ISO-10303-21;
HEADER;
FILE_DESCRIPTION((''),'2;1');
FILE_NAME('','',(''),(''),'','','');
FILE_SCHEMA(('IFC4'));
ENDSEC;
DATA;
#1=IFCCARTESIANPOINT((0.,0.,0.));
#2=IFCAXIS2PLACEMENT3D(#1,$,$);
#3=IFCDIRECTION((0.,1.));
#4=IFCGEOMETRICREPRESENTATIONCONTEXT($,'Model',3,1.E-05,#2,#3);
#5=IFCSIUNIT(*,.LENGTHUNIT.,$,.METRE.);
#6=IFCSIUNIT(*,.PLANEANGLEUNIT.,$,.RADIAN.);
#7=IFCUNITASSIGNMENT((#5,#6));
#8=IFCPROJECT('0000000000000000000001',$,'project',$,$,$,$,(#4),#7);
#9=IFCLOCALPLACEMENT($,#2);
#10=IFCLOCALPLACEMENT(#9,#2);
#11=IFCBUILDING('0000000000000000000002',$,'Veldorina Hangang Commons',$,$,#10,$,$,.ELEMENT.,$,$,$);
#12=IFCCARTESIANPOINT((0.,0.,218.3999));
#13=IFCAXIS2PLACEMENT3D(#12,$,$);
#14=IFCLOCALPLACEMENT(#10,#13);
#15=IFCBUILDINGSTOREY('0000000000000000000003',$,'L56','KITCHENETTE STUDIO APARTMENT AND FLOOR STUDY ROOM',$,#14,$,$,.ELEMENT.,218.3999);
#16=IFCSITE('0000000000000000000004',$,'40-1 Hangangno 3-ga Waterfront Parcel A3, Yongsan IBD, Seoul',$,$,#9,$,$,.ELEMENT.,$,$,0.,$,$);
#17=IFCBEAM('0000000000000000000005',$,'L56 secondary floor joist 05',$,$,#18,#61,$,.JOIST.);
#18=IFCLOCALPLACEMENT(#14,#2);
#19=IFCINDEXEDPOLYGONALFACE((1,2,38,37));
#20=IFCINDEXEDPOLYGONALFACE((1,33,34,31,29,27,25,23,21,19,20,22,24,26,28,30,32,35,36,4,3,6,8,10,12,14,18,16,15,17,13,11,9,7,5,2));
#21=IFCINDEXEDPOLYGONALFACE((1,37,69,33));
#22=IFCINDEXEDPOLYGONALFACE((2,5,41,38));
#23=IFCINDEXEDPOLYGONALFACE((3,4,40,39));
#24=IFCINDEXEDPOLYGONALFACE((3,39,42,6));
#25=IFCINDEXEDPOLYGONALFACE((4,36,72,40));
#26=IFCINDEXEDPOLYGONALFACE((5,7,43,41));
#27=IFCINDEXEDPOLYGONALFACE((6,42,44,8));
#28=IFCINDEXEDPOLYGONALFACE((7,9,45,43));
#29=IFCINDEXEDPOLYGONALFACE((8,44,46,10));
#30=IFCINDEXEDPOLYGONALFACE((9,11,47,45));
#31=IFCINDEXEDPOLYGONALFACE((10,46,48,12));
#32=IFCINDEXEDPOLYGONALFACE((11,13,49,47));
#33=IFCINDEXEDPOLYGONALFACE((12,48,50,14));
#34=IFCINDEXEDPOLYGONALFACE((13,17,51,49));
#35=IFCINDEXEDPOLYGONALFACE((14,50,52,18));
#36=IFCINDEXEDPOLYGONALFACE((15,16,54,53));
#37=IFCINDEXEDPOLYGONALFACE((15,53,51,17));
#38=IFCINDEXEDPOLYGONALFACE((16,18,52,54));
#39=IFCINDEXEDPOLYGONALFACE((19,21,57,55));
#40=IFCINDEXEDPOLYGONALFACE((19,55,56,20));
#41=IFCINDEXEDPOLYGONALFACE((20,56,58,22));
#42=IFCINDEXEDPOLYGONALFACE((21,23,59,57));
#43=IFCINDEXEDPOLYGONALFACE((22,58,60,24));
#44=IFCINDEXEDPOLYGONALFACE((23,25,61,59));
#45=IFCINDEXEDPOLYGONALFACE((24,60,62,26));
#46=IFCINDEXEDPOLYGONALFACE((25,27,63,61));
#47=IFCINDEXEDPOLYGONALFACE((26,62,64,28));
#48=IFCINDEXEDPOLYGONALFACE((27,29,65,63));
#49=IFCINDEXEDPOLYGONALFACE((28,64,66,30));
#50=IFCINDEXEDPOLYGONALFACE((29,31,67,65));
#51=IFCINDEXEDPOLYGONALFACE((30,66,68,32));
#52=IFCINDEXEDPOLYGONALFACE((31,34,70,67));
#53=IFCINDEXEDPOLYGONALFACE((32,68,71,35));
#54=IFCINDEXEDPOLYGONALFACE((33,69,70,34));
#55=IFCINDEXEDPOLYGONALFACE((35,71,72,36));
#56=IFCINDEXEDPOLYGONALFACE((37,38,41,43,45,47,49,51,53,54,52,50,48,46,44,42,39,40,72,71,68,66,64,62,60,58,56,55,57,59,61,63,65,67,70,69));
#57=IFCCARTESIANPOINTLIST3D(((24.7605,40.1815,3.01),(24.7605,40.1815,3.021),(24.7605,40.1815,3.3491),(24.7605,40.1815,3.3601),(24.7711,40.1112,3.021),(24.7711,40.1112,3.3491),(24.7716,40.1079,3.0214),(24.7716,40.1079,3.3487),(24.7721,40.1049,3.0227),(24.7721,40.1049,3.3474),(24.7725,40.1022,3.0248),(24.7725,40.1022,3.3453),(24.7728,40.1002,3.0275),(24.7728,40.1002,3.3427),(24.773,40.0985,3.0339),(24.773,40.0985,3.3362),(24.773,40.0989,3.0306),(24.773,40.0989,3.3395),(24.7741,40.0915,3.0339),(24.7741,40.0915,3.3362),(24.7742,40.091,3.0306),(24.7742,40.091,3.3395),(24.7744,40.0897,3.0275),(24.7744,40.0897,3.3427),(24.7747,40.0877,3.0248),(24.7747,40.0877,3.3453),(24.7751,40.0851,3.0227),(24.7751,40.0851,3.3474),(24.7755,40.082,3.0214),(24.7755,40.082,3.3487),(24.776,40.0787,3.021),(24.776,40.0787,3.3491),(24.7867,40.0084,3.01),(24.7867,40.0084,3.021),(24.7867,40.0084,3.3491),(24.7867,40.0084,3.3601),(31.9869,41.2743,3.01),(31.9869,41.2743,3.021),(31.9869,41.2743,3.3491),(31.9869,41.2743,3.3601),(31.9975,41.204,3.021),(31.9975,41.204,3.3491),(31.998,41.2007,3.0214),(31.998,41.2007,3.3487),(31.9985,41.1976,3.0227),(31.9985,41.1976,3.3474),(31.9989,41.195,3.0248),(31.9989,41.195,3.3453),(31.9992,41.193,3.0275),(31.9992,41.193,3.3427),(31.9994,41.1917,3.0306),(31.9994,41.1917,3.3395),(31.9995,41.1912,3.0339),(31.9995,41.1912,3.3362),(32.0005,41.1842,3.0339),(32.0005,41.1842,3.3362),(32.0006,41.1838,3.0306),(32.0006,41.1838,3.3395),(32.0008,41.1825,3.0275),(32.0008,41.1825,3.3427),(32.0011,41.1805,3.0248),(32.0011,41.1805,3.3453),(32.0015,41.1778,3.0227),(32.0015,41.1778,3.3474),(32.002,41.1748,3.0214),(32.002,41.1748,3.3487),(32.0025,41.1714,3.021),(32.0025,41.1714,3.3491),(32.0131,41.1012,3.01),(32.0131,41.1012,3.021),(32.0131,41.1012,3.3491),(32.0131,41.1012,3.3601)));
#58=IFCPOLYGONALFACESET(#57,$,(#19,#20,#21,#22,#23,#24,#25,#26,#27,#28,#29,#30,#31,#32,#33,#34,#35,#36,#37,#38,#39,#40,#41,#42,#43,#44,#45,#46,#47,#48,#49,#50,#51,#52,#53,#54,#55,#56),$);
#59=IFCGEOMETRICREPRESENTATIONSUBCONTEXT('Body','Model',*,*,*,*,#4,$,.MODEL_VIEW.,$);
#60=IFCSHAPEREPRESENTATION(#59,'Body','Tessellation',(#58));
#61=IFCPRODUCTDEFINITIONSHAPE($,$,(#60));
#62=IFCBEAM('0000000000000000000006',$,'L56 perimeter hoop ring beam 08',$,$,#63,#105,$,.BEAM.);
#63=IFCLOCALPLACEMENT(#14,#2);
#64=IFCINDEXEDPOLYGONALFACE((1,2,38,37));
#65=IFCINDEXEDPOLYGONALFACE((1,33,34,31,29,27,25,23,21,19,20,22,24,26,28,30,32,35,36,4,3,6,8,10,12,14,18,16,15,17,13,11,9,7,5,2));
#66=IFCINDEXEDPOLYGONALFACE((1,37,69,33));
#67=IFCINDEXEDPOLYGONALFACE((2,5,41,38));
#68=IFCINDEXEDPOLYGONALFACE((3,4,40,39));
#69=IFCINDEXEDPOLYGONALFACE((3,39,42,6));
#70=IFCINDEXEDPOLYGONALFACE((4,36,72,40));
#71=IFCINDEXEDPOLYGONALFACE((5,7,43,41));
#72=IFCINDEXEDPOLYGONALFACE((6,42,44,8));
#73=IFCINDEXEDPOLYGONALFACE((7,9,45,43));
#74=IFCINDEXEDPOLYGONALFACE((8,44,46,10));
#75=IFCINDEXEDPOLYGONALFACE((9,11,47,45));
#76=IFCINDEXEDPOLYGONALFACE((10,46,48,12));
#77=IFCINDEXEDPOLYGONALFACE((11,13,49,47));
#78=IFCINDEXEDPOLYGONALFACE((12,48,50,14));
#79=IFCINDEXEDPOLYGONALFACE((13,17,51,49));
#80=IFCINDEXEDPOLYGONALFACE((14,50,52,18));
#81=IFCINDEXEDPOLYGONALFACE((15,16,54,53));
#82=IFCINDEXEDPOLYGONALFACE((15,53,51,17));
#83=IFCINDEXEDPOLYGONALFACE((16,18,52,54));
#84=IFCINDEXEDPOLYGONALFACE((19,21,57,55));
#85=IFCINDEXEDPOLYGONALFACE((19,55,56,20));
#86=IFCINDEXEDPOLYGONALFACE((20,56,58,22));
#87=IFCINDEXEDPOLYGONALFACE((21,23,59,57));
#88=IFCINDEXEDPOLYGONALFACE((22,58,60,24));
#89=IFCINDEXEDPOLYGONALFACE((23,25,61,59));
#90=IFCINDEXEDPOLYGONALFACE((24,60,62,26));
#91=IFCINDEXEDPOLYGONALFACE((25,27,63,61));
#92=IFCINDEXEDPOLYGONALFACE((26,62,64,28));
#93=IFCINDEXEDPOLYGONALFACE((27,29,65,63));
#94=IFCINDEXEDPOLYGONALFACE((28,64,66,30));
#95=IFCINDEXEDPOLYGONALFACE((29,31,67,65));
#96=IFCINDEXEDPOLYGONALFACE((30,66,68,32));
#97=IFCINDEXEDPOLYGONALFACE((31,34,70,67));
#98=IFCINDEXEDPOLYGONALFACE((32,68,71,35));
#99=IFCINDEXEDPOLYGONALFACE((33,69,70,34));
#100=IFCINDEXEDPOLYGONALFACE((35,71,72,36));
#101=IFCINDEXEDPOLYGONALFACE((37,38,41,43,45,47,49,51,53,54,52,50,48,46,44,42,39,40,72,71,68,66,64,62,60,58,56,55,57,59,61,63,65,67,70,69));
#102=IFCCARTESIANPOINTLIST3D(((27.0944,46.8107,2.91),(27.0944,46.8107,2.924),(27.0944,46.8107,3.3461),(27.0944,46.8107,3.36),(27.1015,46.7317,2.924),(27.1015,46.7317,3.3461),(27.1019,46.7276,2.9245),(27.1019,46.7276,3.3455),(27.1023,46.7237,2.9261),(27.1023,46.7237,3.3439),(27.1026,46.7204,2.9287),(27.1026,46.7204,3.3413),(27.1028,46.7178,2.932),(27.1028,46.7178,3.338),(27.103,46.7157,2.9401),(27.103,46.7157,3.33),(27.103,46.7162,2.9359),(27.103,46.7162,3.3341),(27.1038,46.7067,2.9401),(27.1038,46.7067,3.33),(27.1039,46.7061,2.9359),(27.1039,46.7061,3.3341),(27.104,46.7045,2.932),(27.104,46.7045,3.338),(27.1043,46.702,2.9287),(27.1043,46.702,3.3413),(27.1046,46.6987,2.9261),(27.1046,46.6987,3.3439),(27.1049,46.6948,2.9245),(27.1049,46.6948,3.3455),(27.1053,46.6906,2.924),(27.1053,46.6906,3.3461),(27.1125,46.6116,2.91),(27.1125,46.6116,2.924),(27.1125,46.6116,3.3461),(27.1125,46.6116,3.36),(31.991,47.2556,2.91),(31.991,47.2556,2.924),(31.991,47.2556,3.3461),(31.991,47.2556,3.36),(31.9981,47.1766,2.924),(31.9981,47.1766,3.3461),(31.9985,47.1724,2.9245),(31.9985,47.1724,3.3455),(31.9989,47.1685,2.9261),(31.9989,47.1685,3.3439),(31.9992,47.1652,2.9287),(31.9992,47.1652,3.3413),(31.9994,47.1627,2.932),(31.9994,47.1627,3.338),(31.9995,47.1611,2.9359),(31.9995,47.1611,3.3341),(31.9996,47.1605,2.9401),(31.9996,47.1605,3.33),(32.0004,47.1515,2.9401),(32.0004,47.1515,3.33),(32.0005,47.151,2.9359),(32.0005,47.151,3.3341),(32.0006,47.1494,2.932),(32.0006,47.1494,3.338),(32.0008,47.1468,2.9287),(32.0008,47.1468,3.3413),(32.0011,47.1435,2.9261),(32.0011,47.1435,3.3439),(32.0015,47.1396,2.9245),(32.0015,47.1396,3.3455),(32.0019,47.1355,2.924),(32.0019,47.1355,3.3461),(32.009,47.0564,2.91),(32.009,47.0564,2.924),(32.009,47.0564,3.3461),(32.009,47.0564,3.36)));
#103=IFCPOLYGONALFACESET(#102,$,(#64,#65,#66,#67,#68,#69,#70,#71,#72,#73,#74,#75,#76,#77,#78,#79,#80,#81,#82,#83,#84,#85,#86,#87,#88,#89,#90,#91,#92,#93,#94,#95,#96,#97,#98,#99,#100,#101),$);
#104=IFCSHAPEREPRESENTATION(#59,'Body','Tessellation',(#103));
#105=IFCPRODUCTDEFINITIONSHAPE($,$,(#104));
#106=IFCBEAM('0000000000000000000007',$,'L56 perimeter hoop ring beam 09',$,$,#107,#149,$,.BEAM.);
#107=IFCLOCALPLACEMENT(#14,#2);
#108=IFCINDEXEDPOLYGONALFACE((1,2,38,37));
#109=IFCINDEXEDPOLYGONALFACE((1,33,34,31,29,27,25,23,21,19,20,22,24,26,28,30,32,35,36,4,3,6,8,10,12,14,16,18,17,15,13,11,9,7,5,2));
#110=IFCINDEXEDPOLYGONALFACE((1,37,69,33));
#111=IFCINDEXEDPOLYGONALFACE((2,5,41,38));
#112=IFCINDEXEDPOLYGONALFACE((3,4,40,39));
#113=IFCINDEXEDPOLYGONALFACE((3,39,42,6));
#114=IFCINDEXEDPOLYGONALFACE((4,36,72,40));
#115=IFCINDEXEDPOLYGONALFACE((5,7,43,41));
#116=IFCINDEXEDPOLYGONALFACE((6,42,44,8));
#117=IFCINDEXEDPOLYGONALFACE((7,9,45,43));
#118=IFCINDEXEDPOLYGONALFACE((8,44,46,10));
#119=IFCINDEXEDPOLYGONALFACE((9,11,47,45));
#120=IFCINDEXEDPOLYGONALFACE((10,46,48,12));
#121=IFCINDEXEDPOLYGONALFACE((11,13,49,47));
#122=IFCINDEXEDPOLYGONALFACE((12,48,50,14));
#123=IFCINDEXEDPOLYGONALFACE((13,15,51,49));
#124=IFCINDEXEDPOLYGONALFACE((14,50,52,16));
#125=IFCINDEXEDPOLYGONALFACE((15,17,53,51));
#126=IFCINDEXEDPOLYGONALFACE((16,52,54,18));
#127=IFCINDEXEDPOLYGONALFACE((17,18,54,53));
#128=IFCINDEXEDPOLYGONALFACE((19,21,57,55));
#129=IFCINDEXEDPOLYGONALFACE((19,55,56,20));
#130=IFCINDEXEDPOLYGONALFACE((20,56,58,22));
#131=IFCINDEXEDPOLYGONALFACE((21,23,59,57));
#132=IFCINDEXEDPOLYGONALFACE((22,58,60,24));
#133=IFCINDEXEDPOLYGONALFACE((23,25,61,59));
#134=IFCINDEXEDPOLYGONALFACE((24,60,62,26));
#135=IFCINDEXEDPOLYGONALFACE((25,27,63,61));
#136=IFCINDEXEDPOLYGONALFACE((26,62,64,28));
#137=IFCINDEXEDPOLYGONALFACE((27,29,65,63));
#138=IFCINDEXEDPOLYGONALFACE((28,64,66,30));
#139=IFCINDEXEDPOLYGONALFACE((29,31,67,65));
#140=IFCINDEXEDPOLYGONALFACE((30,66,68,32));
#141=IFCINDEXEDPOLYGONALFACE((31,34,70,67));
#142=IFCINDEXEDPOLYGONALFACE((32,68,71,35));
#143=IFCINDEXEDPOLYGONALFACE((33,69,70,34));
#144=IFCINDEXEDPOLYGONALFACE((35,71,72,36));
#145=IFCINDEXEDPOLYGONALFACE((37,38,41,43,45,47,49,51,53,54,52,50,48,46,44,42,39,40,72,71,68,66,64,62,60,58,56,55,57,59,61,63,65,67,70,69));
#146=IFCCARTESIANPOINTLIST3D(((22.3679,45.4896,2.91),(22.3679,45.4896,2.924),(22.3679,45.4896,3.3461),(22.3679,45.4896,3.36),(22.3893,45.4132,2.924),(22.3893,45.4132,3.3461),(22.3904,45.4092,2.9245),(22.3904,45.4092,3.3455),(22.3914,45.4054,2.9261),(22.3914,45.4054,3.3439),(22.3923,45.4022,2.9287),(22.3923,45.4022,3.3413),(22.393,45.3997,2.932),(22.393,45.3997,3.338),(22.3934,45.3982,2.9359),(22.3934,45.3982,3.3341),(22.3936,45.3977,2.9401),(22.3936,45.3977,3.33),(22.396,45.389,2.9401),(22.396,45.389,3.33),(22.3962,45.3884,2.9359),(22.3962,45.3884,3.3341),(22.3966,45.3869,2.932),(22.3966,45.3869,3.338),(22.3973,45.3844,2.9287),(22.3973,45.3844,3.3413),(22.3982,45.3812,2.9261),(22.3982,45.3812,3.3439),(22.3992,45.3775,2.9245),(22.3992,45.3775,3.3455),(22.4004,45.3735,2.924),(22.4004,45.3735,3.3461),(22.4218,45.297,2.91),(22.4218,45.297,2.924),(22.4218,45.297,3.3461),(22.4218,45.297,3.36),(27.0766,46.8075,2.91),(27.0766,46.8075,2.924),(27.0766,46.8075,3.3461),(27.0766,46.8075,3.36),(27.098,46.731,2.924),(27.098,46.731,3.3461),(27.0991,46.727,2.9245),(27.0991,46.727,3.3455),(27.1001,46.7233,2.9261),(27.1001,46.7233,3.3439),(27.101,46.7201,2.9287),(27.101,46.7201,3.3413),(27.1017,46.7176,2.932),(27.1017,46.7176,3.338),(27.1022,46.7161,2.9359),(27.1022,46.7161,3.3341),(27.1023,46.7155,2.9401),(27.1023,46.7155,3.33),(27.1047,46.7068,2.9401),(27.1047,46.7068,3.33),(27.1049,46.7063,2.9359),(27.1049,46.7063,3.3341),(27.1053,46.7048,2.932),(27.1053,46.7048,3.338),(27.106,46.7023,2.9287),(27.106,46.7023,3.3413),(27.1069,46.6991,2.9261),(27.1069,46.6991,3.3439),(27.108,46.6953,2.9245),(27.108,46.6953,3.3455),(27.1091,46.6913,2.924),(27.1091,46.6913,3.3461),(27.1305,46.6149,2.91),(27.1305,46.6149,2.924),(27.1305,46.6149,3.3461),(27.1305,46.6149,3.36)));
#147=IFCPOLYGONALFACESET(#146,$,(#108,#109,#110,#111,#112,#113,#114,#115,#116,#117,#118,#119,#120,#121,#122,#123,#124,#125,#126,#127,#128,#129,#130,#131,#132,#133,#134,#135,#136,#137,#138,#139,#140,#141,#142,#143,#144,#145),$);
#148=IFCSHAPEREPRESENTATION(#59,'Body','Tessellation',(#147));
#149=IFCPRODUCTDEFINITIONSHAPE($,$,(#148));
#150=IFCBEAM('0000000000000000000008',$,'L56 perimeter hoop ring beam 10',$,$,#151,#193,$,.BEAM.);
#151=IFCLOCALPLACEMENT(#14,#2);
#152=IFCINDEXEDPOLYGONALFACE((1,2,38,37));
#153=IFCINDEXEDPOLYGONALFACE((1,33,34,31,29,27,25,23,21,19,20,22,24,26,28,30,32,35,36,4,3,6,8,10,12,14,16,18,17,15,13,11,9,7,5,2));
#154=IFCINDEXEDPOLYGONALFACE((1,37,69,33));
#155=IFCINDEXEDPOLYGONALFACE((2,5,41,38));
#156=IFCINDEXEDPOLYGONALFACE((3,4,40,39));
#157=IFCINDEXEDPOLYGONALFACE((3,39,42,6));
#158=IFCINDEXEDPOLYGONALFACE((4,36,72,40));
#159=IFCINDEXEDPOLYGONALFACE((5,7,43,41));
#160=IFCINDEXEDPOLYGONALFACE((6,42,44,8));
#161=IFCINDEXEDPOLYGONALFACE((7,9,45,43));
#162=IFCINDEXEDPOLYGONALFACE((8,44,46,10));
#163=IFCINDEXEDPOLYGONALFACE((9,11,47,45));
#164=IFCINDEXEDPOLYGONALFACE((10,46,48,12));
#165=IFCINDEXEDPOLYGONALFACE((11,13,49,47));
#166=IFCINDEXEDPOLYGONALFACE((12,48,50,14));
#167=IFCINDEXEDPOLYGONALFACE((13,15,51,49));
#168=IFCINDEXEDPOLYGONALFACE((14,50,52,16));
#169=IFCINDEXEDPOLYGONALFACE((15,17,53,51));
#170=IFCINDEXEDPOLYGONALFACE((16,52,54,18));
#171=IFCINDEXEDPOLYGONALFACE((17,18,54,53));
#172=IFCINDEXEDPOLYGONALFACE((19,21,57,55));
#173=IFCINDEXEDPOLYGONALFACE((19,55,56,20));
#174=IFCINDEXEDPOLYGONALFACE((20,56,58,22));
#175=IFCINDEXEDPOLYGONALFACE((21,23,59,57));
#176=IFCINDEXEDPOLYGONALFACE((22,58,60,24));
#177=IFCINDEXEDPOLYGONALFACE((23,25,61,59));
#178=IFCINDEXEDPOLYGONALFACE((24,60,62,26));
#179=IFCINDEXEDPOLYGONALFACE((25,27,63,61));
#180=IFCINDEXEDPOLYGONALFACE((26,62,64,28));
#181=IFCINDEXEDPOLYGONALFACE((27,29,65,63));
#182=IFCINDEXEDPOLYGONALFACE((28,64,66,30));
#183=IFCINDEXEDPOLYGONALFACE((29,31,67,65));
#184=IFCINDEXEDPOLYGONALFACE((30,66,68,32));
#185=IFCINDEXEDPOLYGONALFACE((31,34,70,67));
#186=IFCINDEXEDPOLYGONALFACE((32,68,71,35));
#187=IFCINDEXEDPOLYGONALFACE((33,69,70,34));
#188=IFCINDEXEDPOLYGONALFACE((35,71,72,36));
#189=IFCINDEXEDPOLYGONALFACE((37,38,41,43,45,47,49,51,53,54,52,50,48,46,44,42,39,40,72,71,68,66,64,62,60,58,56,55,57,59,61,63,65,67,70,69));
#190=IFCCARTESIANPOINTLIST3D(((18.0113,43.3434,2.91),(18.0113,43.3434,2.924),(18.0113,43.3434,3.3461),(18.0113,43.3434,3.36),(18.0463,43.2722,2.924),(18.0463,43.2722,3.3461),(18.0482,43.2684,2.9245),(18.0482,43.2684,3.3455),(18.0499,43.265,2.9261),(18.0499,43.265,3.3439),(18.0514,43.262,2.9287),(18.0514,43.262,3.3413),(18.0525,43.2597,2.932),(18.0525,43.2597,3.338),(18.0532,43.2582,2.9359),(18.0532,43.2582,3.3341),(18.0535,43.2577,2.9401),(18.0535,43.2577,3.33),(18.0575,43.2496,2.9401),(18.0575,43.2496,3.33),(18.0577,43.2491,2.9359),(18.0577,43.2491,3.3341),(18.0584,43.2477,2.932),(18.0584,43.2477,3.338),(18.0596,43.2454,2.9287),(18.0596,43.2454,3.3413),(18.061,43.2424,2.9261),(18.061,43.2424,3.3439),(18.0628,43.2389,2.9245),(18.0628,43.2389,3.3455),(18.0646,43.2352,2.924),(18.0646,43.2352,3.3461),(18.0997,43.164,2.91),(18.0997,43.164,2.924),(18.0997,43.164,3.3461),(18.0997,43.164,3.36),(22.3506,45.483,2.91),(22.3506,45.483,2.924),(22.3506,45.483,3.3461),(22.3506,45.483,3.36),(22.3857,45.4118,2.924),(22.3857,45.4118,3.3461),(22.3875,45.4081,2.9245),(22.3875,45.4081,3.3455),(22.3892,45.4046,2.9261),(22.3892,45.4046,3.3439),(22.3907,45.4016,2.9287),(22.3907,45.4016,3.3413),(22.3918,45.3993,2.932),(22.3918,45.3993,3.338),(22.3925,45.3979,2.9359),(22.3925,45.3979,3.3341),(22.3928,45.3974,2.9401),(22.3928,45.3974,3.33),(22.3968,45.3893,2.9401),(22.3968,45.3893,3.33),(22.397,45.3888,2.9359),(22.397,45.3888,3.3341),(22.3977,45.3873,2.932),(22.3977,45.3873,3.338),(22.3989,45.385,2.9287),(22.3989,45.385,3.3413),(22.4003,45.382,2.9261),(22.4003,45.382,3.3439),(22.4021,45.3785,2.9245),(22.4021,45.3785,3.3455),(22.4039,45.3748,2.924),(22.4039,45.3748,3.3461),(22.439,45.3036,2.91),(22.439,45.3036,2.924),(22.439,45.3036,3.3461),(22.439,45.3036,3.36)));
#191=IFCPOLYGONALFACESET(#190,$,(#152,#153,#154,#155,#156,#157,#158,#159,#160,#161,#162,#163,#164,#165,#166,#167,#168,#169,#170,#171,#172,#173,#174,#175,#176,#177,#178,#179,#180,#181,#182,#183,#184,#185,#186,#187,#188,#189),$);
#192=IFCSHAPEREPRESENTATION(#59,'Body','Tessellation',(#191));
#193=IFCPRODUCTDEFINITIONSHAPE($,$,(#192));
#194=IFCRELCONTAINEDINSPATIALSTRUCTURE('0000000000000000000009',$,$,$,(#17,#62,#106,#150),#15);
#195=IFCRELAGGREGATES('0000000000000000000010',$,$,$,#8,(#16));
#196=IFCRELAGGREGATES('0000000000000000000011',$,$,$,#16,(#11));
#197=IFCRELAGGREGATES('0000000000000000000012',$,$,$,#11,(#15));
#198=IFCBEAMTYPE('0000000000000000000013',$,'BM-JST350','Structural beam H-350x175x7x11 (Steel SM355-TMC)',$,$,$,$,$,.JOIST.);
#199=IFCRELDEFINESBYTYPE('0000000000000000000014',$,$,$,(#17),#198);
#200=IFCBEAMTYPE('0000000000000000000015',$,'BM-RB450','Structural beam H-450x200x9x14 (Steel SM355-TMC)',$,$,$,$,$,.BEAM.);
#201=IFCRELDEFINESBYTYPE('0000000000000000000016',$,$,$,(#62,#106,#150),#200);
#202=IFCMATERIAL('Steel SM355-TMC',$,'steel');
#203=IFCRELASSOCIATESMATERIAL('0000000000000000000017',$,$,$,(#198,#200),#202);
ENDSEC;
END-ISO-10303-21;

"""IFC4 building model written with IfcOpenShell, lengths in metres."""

from ifc_helpers import new_model, si_unit, direction, frame, origin, origin_2d, place, context, subcontext, project, spatial, i_section, extrude, material, material_profile, profile_set, type_object, element, save


model = new_model("IFC4")

# Units and contexts
model_context = context("Model", 3, precision=1e-05, world=origin(), true_north=direction((0.0, 1.0)))
body_context = subcontext(model_context, "Body", "Model", "MODEL_VIEW")
ifc_project = project(units=[si_unit("LENGTHUNIT", "METRE"), si_unit("PLANEANGLEUNIT", "RADIAN")], contexts=[model_context])

# Site, building, storey
site_placement = place(None, origin())
site = spatial("IfcSite", under=ifc_project, at=site_placement, Name="40-1 Hangangno 3-ga Waterfront Parcel A3, Yongsan IBD, Seoul", CompositionType="ELEMENT", RefElevation=0.0)
building_placement = place(site_placement, origin())
building = spatial("IfcBuilding", under=site, at=building_placement, Name="Veldorina Hangang Commons", CompositionType="ELEMENT")
storey_placement = place(building_placement, frame((0.0, 0.0, 218.3999)))
storey = spatial("IfcBuildingStorey", under=building, at=storey_placement, Name="L56", Description="KITCHENETTE STUDIO APARTMENT AND FLOOR STUDY ROOM", CompositionType="ELEMENT", Elevation=218.3999)

# Beams
ifc_material_1 = material(Name="Steel SM355-TMC", Category="steel")
ifc_material_profile_1 = material_profile(ifc_material_1, i_section(OverallWidth=0.175, OverallDepth=0.3501, WebThickness=0.0071, FlangeThickness=0.011, FilletRadius=0.0129, at=origin_2d()), Name="H-350x175x7x11")
ifc_profile_set_1 = profile_set([ifc_material_profile_1], Name="Steel SM355-TMC")
beam_type_1 = type_object("IfcBeamType", Name="BM-JST350", Description="Structural beam H-350x175x7x11 (Steel SM355-TMC)", PredefinedType="JOIST", material=ifc_profile_set_1)
beam_1_placement = place(storey_placement, frame((32.0, 41.1877, 3.1851), z_axis=(-0.988758, -0.149521, 0.0), x_axis=(0.149521, -0.988758, 0.0)))
element("IfcBeam", 1, at=beam_1_placement, inside=storey, type_object=beam_type_1, Name="L56 secondary floor joist 05", PredefinedType="JOIST", context=body_context, shape_type="SweptSolid", body=[
    extrude(i_section(OverallWidth=0.175, OverallDepth=0.3501, WebThickness=0.0071, FlangeThickness=0.011, FilletRadius=0.0129, at=origin_2d()), origin(), (0.0, 0.0, 1.0), 7.3086),
])
ifc_material_profile_2 = material_profile(ifc_material_1, i_section(OverallWidth=0.2, OverallDepth=0.45, WebThickness=0.009, FlangeThickness=0.0139, FilletRadius=0.0161, at=origin_2d()), Name="H-450x200x9x14")
ifc_profile_set_2 = profile_set([ifc_material_profile_2], Name="Steel SM355-TMC")
beam_type_2 = type_object("IfcBeamType", Name="BM-RB450", Description="Structural beam H-450x200x9x14 (Steel SM355-TMC)", PredefinedType="BEAM", material=ifc_profile_set_2)
beam_2_placement = place(storey_placement, frame((32.0, 47.156, 3.135), z_axis=(-0.995899, -0.090473, 0.0), x_axis=(0.090473, -0.995899, 0.0)))
element("IfcBeam", 2, at=beam_2_placement, inside=storey, type_object=beam_type_2, Name="L56 perimeter hoop ring beam 08", PredefinedType="BEAM", context=body_context, shape_type="SweptSolid", body=[
    extrude(i_section(OverallWidth=0.2, OverallDepth=0.45, WebThickness=0.009, FlangeThickness=0.0139, FilletRadius=0.0161, at=origin_2d()), origin(), (0.0, 0.0, 1.0), 4.9167),
])
beam_3_placement = place(storey_placement, frame((27.1035, 46.7112, 3.135), z_axis=(-0.962995, -0.269521, 0.0), x_axis=(0.269521, -0.962995, 0.0)))
element("IfcBeam", 3, at=beam_3_placement, inside=storey, type_object=beam_type_2, Name="L56 perimeter hoop ring beam 09", PredefinedType="BEAM", context=body_context, shape_type="SweptSolid", body=[
    extrude(i_section(OverallWidth=0.2, OverallDepth=0.45, WebThickness=0.009, FlangeThickness=0.0139, FilletRadius=0.0161, at=origin_2d()), origin(), (0.0, 0.0, 1.0), 4.8896),
])
beam_4_placement = place(storey_placement, frame((22.3948, 45.3933, 3.135), z_axis=(-0.896896, -0.442241, 0.0), x_axis=(0.442241, -0.896896, 0.0)))
element("IfcBeam", 4, at=beam_4_placement, inside=storey, type_object=beam_type_2, Name="L56 perimeter hoop ring beam 10", PredefinedType="BEAM", context=body_context, shape_type="SweptSolid", body=[
    extrude(i_section(OverallWidth=0.2, OverallDepth=0.45, WebThickness=0.009, FlangeThickness=0.0139, FilletRadius=0.0161, at=origin_2d()), origin(), (0.0, 0.0, 1.0), 4.8381),
])

save(model, "model.ifc")
